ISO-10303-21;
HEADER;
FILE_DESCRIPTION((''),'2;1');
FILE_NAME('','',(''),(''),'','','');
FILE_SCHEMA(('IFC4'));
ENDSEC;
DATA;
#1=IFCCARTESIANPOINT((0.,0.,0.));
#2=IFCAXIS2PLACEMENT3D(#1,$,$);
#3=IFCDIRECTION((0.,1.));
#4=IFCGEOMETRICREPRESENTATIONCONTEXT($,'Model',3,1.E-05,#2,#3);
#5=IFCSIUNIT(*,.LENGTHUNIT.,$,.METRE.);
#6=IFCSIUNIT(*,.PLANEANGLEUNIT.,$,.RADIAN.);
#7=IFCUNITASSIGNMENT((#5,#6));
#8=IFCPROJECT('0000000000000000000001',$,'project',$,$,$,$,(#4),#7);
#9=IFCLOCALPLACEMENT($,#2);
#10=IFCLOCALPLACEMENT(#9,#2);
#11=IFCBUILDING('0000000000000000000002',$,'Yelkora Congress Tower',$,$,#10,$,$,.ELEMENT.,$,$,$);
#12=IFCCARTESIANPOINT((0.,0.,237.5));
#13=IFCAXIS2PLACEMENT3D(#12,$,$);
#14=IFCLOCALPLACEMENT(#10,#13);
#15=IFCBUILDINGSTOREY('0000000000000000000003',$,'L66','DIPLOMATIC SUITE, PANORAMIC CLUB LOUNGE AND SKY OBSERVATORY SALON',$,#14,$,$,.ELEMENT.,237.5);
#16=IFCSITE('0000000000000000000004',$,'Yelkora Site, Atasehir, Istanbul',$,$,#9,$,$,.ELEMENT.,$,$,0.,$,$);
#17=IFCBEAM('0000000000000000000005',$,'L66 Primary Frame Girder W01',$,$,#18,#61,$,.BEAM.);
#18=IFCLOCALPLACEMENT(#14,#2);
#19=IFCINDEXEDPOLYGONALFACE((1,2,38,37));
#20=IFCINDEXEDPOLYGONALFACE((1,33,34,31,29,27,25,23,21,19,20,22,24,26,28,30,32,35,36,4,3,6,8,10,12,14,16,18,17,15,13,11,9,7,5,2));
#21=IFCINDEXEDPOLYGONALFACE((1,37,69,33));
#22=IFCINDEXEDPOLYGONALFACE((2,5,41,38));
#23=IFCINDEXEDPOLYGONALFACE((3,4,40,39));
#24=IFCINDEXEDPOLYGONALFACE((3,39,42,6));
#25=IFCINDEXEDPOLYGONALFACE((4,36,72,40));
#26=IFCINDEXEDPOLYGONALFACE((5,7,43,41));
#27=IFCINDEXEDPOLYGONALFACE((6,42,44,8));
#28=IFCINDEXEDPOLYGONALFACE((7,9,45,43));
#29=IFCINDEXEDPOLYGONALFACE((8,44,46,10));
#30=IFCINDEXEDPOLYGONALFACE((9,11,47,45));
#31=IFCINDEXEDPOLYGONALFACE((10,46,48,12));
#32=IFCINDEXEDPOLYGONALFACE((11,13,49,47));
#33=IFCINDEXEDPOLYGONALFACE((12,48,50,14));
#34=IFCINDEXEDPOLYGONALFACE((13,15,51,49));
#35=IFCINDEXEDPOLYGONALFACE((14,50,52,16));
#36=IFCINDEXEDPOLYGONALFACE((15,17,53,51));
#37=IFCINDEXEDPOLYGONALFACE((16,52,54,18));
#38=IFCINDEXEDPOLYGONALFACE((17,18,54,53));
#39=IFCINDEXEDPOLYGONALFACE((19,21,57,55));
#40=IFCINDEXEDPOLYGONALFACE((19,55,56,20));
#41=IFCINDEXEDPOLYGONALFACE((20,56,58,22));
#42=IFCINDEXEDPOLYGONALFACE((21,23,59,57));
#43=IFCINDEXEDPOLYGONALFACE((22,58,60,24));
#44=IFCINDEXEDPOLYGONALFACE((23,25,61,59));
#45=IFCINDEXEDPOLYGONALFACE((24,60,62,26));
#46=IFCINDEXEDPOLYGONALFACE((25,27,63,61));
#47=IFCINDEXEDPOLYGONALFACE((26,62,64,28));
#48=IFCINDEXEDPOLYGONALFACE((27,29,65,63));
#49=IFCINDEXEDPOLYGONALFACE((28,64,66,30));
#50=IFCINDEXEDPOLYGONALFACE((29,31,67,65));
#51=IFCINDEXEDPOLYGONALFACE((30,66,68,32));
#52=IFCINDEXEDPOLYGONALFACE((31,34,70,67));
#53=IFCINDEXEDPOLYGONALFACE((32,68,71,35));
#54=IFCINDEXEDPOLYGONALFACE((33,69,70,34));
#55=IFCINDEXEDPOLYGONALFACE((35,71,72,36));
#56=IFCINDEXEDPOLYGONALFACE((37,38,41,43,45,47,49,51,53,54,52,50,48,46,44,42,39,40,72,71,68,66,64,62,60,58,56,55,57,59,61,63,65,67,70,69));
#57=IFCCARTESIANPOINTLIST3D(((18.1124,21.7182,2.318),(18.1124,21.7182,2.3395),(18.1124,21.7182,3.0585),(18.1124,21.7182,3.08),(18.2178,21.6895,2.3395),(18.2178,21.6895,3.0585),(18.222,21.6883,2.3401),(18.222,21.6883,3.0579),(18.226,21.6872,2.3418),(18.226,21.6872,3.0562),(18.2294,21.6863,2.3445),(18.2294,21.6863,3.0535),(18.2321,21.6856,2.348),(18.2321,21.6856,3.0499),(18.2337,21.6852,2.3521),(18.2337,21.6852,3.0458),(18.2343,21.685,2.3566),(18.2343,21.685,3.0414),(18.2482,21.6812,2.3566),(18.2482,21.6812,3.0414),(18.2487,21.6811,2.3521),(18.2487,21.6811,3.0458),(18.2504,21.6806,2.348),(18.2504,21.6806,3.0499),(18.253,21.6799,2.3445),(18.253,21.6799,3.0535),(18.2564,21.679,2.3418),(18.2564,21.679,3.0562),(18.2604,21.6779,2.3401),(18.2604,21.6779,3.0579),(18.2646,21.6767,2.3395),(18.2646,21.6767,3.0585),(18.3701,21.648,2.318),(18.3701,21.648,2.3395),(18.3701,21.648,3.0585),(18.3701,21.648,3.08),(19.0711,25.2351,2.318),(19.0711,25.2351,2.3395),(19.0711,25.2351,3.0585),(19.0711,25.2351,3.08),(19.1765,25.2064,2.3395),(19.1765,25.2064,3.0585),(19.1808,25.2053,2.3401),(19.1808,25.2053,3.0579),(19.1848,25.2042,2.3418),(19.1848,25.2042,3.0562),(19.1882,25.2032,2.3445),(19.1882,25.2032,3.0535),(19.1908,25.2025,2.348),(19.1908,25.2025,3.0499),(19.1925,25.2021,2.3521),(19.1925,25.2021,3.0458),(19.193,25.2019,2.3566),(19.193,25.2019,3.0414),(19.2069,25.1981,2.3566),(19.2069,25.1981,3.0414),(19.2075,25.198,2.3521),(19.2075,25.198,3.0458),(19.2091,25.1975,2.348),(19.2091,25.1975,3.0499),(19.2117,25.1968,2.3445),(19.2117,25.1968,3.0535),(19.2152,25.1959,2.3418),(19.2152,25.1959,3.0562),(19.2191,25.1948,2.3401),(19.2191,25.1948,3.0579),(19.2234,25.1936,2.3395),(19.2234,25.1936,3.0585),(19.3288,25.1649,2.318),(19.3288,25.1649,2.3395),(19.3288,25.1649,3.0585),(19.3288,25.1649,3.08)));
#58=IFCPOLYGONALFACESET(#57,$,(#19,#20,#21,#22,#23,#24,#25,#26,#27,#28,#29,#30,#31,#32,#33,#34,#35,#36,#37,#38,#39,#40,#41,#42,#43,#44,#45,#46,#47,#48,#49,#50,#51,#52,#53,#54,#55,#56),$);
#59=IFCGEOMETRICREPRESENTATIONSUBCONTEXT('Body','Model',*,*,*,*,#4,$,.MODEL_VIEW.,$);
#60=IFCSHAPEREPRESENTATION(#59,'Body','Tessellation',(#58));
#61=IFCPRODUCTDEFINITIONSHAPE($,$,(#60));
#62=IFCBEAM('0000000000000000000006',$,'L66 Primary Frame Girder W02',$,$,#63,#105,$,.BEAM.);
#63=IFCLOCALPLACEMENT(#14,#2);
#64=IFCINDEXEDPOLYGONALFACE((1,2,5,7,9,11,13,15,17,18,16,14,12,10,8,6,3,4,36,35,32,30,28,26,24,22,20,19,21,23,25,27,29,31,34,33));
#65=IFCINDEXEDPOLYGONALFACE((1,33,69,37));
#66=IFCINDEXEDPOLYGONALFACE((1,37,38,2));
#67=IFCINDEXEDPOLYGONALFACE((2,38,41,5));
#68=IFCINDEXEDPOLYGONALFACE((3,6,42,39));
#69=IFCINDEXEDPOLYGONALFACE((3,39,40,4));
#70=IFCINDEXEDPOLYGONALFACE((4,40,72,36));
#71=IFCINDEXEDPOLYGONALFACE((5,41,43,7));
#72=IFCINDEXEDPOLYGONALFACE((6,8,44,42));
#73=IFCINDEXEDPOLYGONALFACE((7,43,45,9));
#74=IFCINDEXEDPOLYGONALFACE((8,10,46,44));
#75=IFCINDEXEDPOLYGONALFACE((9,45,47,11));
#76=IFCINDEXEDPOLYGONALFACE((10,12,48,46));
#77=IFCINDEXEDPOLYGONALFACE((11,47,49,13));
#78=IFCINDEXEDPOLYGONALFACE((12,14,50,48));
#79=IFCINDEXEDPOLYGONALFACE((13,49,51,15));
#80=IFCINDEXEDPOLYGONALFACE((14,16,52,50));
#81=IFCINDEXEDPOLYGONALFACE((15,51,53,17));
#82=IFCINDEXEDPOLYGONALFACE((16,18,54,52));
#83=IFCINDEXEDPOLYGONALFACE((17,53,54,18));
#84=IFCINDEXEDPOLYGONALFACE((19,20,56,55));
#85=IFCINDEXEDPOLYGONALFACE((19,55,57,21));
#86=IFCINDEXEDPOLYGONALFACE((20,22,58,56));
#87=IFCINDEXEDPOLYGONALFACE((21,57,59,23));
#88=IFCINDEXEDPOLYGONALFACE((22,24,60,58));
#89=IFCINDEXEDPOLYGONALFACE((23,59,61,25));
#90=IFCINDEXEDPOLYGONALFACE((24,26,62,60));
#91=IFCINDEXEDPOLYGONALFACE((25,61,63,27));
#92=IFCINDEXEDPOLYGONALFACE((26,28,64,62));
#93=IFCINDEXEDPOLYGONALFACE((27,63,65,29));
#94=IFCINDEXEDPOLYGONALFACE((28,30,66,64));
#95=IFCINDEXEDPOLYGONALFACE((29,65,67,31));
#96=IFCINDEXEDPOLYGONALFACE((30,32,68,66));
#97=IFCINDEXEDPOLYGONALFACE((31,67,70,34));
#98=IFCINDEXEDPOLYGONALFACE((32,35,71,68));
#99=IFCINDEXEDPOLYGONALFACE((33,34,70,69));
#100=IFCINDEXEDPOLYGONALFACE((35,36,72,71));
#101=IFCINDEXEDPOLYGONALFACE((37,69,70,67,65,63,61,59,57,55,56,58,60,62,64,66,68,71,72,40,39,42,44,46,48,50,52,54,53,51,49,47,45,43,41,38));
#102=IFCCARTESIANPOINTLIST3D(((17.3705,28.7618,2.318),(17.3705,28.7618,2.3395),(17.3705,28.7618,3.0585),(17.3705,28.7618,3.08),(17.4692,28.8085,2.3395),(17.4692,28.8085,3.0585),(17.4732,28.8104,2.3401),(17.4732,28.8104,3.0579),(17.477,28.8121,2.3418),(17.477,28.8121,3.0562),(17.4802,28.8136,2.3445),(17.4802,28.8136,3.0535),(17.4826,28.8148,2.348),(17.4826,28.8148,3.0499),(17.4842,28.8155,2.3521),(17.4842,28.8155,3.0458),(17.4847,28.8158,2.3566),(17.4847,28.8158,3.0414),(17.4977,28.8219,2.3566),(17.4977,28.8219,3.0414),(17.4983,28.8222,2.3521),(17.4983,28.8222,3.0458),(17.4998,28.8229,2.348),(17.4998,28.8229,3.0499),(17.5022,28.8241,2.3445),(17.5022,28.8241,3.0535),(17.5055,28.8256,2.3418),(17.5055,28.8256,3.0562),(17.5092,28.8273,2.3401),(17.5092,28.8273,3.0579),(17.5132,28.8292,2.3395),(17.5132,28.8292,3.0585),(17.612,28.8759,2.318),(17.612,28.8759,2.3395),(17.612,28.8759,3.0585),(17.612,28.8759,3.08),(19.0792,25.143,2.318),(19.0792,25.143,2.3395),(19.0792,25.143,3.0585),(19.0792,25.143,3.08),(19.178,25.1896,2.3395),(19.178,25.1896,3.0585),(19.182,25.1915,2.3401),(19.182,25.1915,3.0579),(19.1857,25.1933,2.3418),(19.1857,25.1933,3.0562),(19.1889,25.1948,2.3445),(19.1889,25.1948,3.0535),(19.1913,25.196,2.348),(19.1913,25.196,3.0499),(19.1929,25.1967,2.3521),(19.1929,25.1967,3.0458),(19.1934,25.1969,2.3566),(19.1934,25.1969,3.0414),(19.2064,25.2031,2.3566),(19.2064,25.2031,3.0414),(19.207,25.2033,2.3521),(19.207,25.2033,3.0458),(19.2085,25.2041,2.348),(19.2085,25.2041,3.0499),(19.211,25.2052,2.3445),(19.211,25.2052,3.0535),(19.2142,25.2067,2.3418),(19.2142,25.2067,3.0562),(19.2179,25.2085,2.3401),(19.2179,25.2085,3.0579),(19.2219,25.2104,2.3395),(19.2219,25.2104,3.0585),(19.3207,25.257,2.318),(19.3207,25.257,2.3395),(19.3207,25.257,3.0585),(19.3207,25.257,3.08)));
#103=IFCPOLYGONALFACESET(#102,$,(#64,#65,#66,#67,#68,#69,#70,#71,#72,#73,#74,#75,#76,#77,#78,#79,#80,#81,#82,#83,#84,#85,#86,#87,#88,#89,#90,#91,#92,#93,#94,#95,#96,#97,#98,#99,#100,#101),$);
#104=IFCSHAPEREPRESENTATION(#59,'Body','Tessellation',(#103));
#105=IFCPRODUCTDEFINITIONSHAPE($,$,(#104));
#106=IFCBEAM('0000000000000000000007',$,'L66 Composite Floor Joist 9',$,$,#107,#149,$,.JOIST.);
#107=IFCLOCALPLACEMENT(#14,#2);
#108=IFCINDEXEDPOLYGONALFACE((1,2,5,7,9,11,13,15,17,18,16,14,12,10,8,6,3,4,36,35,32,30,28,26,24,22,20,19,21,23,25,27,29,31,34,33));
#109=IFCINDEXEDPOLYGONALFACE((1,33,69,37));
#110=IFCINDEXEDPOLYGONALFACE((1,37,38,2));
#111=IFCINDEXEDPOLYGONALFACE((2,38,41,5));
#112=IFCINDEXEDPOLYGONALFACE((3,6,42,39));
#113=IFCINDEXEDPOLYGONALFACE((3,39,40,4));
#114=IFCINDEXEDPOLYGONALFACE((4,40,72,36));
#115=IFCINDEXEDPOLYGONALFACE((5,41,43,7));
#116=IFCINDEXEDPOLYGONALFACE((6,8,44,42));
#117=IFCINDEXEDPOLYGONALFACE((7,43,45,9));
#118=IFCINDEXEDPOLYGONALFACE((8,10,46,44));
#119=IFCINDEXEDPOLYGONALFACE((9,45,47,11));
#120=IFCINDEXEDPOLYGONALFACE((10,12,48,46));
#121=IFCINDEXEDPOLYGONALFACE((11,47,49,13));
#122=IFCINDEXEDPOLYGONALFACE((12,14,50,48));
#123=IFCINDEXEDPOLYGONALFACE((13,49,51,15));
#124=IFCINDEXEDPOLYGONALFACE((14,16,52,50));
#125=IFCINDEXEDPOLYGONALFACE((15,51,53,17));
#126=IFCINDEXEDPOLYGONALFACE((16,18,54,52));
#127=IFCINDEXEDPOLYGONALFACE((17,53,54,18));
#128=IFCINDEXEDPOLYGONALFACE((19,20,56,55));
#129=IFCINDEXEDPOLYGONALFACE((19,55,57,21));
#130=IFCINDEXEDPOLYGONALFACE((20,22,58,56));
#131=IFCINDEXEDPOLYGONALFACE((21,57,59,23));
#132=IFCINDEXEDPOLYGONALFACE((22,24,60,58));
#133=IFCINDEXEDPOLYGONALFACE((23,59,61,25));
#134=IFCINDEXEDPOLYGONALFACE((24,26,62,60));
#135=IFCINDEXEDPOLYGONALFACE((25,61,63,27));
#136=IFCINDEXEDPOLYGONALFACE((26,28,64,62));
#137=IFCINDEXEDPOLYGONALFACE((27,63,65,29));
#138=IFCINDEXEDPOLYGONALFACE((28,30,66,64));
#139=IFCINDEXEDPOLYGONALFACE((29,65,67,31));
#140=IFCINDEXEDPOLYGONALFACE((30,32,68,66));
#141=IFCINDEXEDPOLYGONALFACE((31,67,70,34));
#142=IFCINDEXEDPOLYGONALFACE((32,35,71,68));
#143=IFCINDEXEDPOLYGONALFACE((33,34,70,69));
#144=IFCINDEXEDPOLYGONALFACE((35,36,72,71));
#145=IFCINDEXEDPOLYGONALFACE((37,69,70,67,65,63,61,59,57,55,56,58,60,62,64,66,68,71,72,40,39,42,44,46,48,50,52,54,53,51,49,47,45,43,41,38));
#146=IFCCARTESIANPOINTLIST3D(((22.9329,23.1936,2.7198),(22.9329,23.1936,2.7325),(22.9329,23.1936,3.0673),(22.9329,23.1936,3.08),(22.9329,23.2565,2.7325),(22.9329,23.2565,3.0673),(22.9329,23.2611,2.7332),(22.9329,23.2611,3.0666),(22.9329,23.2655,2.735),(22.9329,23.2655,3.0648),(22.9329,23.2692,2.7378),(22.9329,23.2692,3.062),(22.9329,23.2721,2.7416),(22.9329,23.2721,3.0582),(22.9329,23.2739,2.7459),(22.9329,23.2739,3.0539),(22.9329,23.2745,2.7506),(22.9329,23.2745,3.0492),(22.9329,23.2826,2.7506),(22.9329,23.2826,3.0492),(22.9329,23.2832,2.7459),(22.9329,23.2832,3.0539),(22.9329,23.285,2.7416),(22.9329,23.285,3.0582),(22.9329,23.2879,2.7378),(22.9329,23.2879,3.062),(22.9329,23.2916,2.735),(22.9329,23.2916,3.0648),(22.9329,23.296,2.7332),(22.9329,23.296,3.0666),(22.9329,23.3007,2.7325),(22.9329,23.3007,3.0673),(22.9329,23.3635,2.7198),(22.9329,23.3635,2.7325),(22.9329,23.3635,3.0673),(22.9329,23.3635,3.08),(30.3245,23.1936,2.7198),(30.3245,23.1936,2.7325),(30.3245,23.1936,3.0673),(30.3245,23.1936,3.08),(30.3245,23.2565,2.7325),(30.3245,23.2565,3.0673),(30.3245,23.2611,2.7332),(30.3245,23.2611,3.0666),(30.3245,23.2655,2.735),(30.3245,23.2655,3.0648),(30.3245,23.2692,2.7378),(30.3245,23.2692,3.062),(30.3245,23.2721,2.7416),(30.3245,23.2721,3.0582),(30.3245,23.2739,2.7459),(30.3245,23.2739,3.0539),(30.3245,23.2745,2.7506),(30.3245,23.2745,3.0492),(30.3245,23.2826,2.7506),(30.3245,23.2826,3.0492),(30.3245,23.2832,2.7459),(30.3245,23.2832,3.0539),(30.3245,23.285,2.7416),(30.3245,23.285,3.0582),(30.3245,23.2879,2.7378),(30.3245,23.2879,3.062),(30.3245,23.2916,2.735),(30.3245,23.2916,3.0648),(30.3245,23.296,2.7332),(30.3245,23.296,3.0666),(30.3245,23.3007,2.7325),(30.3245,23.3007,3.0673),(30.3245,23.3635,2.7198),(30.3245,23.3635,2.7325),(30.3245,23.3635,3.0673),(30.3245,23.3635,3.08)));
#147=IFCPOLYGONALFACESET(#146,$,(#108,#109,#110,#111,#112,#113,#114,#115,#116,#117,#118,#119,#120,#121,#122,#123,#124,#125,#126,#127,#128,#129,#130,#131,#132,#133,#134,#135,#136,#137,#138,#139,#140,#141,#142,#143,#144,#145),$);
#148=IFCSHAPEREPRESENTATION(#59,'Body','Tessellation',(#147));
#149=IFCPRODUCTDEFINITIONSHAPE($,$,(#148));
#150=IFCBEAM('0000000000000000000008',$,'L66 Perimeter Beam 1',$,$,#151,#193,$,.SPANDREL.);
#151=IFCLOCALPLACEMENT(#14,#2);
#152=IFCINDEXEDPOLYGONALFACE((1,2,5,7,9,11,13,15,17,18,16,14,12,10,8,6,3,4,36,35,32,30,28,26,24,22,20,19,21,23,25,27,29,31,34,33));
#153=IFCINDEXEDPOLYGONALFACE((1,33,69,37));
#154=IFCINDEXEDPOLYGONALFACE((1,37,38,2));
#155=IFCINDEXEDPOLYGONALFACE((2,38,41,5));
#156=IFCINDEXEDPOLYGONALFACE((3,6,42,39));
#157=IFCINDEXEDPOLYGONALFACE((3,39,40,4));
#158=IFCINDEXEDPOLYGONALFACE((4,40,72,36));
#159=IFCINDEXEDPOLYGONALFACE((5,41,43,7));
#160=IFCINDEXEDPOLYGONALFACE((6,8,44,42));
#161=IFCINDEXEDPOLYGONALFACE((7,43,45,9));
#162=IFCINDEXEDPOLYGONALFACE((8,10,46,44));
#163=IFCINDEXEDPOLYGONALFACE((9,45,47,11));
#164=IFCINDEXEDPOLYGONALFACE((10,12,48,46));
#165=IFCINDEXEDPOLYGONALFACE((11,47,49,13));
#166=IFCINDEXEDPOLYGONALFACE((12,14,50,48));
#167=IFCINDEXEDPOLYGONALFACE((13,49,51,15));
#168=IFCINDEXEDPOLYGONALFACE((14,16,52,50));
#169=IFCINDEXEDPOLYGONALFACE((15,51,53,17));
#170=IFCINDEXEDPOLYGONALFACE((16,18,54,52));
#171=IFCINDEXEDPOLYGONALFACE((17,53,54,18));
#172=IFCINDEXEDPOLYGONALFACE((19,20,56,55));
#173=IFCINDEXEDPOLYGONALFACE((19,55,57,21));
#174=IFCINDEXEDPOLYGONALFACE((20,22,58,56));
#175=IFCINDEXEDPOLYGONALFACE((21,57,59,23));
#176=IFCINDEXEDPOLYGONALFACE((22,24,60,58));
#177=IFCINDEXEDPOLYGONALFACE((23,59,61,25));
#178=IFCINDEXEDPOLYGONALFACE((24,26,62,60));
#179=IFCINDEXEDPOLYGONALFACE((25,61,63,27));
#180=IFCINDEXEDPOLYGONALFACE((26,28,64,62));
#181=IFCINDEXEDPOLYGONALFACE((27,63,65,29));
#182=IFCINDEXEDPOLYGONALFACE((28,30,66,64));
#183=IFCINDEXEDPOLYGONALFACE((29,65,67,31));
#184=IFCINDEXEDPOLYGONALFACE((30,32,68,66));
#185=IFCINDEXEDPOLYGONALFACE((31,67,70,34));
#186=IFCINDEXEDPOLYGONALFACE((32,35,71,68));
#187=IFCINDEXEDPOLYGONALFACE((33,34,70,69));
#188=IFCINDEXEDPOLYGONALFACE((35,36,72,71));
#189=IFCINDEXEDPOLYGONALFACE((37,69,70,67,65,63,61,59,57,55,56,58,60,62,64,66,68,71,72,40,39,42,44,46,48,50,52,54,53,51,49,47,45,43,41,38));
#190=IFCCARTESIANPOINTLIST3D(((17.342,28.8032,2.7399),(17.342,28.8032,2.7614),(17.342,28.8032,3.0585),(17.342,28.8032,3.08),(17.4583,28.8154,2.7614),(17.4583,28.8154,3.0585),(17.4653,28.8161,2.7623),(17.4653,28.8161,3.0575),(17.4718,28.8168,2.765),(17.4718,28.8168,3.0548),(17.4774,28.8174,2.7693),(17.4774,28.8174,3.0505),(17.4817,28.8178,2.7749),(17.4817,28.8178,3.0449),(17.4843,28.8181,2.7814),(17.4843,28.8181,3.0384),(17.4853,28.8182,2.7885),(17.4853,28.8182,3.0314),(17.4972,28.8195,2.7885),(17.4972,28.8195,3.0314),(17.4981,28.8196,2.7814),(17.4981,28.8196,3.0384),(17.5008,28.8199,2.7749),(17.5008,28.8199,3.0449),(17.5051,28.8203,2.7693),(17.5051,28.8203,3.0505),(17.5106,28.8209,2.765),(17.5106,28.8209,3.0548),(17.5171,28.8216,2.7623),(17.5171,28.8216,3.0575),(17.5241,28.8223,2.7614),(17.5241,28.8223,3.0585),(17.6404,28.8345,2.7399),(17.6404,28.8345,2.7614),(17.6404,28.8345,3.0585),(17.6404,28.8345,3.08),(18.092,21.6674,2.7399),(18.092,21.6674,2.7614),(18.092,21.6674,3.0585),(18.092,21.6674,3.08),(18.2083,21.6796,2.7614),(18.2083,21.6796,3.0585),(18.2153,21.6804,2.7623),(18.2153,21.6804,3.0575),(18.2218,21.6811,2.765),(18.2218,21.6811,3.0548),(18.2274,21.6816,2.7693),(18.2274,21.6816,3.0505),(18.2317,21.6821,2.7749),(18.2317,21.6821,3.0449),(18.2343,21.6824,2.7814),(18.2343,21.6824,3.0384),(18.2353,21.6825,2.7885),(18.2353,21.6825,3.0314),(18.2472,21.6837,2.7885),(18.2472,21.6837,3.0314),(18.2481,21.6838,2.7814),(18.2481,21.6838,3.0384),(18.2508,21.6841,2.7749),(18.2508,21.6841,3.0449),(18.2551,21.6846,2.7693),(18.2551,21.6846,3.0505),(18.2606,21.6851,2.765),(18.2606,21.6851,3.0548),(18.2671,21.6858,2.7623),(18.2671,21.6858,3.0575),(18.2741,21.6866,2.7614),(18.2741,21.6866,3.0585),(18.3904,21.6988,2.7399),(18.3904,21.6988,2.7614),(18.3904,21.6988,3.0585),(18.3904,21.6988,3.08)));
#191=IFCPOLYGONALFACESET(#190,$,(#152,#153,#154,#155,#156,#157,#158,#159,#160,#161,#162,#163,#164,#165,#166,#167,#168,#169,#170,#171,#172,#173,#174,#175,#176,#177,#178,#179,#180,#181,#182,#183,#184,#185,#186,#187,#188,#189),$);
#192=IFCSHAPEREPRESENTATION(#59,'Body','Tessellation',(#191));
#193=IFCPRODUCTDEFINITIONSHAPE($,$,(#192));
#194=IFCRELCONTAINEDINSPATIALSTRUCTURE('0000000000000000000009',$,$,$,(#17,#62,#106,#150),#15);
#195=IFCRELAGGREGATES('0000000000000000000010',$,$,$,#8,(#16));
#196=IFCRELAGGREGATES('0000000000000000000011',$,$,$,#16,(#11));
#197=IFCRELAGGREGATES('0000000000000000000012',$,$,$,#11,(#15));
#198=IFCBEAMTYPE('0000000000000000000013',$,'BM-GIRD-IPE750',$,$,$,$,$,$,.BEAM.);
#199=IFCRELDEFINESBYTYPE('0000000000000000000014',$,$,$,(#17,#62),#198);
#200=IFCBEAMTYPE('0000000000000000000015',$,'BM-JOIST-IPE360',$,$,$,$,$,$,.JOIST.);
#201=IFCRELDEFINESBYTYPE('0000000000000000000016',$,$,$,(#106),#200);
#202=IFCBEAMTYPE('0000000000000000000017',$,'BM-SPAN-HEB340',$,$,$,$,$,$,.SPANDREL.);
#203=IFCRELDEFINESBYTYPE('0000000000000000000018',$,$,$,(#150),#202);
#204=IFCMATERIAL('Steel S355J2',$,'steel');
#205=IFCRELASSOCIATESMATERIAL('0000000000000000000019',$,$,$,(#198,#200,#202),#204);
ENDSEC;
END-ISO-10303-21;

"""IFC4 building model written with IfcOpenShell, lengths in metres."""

from ifc_helpers import new_model, si_unit, direction, frame, origin, origin_2d, place, context, subcontext, project, spatial, i_section, extrude, material, material_profile, profile_set, type_object, element, save


model = new_model("IFC4")

# Units and contexts
model_context = context("Model", 3, precision=1e-05, world=origin(), true_north=direction((0.0, 1.0)))
body_context = subcontext(model_context, "Body", "Model", "MODEL_VIEW")
ifc_project = project(units=[si_unit("LENGTHUNIT", "METRE"), si_unit("PLANEANGLEUNIT", "RADIAN")], contexts=[model_context])

# Site, building, storey
site_placement = place(None, origin())
site = spatial("IfcSite", under=ifc_project, at=site_placement, Name="Yelkora Site, Atasehir, Istanbul", CompositionType="ELEMENT", RefElevation=0.0)
building_placement = place(site_placement, origin())
building = spatial("IfcBuilding", under=site, at=building_placement, Name="Yelkora Congress Tower", CompositionType="ELEMENT")
storey_placement = place(building_placement, frame((0.0, 0.0, 237.5)))
storey = spatial("IfcBuildingStorey", under=building, at=storey_placement, Name="L66", Description="DIPLOMATIC SUITE, PANORAMIC CLUB LOUNGE AND SKY OBSERVATORY SALON", CompositionType="ELEMENT", Elevation=237.5)

# Shared definitions
ifc_material_1 = material(Name="Steel S355J2", Category="steel")

# Beams
ifc_material_profile_1 = material_profile(ifc_material_1, i_section(OverallWidth=0.2671, OverallDepth=0.762, WebThickness=0.0144, FlangeThickness=0.0215, FilletRadius=0.0171, at=origin_2d()), Name="IPE 750x173")
ifc_profile_set_1 = profile_set([ifc_material_profile_1], Name="Steel S355J2")
beam_type_1 = type_object("IfcBeamType", Name="BM-GIRD-IPE750", PredefinedType="BEAM", material=ifc_profile_set_1)
beam_1_placement = place(storey_placement, frame((18.2412, 21.6831, 2.699), z_axis=(0.263015, 0.964792, 0.0), x_axis=(-0.964792, 0.263015, 0.0)))
element("IfcBeam", 1, at=beam_1_placement, inside=storey, type_object=beam_type_1, Name="L66 Primary Frame Girder W01", PredefinedType="BEAM", context=body_context, shape_type="SweptSolid", body=[
    extrude(i_section(OverallWidth=0.2671, OverallDepth=0.762, WebThickness=0.0144, FlangeThickness=0.0215, FilletRadius=0.0171, at=origin_2d()), origin(), (0.0, 0.0, 1.0), 3.6453),
])
beam_2_placement = place(storey_placement, frame((17.4912, 28.8188, 2.699), z_axis=(0.426969, -0.904266, 0.0), x_axis=(0.904266, 0.426969, 0.0)))
element("IfcBeam", 2, at=beam_2_placement, inside=storey, type_object=beam_type_1, Name="L66 Primary Frame Girder W02", PredefinedType="BEAM", context=body_context, shape_type="SweptSolid", body=[
    extrude(i_section(OverallWidth=0.2671, OverallDepth=0.762, WebThickness=0.0144, FlangeThickness=0.0215, FilletRadius=0.0171, at=origin_2d()), origin(), (0.0, 0.0, 1.0), 4.002),
])
ifc_material_profile_2 = material_profile(ifc_material_1, i_section(OverallWidth=0.1699, OverallDepth=0.3601, WebThickness=0.0081, FlangeThickness=0.0127, FilletRadius=0.0181, at=origin_2d()), Name="IPE 360")
ifc_profile_set_2 = profile_set([ifc_material_profile_2], Name="Steel S355J2")
beam_type_2 = type_object("IfcBeamType", Name="BM-JOIST-IPE360", PredefinedType="JOIST", material=ifc_profile_set_2)
beam_3_placement = place(storey_placement, frame((22.9329, 23.2786, 2.8999), z_axis=(1.0, 0.0, 0.0), x_axis=(0.0, 1.0, 0.0)))
element("IfcBeam", 3, at=beam_3_placement, inside=storey, type_object=beam_type_2, Name="L66 Composite Floor Joist 9", PredefinedType="JOIST", context=body_context, shape_type="SweptSolid", body=[
    extrude(i_section(OverallWidth=0.1699, OverallDepth=0.3601, WebThickness=0.0081, FlangeThickness=0.0127, FilletRadius=0.0181, at=origin_2d()), origin(), (0.0, 0.0, 1.0), 7.3916),
])
ifc_material_profile_3 = material_profile(ifc_material_1, i_section(OverallWidth=0.3, OverallDepth=0.3401, WebThickness=0.012, FlangeThickness=0.0215, FilletRadius=0.0271, at=origin_2d()), Name="HEB 340")
ifc_profile_set_3 = profile_set([ifc_material_profile_3], Name="Steel S355J2")
beam_type_3 = type_object("IfcBeamType", Name="BM-SPAN-HEB340", PredefinedType="SPANDREL", material=ifc_profile_set_3)
beam_4_placement = place(storey_placement, frame((17.4912, 28.8188, 2.9099), z_axis=(0.104529, -0.994522, 0.0), x_axis=(0.994522, 0.104529, 0.0)))
element("IfcBeam", 4, at=beam_4_placement, inside=storey, type_object=beam_type_3, Name="L66 Perimeter Beam 1", PredefinedType="SPANDREL", context=body_context, shape_type="SweptSolid", body=[
    extrude(i_section(OverallWidth=0.3, OverallDepth=0.3401, WebThickness=0.012, FlangeThickness=0.0215, FilletRadius=0.0271, at=origin_2d()), origin(), (0.0, 0.0, 1.0), 7.175),
])

save(model, "model.ifc")
